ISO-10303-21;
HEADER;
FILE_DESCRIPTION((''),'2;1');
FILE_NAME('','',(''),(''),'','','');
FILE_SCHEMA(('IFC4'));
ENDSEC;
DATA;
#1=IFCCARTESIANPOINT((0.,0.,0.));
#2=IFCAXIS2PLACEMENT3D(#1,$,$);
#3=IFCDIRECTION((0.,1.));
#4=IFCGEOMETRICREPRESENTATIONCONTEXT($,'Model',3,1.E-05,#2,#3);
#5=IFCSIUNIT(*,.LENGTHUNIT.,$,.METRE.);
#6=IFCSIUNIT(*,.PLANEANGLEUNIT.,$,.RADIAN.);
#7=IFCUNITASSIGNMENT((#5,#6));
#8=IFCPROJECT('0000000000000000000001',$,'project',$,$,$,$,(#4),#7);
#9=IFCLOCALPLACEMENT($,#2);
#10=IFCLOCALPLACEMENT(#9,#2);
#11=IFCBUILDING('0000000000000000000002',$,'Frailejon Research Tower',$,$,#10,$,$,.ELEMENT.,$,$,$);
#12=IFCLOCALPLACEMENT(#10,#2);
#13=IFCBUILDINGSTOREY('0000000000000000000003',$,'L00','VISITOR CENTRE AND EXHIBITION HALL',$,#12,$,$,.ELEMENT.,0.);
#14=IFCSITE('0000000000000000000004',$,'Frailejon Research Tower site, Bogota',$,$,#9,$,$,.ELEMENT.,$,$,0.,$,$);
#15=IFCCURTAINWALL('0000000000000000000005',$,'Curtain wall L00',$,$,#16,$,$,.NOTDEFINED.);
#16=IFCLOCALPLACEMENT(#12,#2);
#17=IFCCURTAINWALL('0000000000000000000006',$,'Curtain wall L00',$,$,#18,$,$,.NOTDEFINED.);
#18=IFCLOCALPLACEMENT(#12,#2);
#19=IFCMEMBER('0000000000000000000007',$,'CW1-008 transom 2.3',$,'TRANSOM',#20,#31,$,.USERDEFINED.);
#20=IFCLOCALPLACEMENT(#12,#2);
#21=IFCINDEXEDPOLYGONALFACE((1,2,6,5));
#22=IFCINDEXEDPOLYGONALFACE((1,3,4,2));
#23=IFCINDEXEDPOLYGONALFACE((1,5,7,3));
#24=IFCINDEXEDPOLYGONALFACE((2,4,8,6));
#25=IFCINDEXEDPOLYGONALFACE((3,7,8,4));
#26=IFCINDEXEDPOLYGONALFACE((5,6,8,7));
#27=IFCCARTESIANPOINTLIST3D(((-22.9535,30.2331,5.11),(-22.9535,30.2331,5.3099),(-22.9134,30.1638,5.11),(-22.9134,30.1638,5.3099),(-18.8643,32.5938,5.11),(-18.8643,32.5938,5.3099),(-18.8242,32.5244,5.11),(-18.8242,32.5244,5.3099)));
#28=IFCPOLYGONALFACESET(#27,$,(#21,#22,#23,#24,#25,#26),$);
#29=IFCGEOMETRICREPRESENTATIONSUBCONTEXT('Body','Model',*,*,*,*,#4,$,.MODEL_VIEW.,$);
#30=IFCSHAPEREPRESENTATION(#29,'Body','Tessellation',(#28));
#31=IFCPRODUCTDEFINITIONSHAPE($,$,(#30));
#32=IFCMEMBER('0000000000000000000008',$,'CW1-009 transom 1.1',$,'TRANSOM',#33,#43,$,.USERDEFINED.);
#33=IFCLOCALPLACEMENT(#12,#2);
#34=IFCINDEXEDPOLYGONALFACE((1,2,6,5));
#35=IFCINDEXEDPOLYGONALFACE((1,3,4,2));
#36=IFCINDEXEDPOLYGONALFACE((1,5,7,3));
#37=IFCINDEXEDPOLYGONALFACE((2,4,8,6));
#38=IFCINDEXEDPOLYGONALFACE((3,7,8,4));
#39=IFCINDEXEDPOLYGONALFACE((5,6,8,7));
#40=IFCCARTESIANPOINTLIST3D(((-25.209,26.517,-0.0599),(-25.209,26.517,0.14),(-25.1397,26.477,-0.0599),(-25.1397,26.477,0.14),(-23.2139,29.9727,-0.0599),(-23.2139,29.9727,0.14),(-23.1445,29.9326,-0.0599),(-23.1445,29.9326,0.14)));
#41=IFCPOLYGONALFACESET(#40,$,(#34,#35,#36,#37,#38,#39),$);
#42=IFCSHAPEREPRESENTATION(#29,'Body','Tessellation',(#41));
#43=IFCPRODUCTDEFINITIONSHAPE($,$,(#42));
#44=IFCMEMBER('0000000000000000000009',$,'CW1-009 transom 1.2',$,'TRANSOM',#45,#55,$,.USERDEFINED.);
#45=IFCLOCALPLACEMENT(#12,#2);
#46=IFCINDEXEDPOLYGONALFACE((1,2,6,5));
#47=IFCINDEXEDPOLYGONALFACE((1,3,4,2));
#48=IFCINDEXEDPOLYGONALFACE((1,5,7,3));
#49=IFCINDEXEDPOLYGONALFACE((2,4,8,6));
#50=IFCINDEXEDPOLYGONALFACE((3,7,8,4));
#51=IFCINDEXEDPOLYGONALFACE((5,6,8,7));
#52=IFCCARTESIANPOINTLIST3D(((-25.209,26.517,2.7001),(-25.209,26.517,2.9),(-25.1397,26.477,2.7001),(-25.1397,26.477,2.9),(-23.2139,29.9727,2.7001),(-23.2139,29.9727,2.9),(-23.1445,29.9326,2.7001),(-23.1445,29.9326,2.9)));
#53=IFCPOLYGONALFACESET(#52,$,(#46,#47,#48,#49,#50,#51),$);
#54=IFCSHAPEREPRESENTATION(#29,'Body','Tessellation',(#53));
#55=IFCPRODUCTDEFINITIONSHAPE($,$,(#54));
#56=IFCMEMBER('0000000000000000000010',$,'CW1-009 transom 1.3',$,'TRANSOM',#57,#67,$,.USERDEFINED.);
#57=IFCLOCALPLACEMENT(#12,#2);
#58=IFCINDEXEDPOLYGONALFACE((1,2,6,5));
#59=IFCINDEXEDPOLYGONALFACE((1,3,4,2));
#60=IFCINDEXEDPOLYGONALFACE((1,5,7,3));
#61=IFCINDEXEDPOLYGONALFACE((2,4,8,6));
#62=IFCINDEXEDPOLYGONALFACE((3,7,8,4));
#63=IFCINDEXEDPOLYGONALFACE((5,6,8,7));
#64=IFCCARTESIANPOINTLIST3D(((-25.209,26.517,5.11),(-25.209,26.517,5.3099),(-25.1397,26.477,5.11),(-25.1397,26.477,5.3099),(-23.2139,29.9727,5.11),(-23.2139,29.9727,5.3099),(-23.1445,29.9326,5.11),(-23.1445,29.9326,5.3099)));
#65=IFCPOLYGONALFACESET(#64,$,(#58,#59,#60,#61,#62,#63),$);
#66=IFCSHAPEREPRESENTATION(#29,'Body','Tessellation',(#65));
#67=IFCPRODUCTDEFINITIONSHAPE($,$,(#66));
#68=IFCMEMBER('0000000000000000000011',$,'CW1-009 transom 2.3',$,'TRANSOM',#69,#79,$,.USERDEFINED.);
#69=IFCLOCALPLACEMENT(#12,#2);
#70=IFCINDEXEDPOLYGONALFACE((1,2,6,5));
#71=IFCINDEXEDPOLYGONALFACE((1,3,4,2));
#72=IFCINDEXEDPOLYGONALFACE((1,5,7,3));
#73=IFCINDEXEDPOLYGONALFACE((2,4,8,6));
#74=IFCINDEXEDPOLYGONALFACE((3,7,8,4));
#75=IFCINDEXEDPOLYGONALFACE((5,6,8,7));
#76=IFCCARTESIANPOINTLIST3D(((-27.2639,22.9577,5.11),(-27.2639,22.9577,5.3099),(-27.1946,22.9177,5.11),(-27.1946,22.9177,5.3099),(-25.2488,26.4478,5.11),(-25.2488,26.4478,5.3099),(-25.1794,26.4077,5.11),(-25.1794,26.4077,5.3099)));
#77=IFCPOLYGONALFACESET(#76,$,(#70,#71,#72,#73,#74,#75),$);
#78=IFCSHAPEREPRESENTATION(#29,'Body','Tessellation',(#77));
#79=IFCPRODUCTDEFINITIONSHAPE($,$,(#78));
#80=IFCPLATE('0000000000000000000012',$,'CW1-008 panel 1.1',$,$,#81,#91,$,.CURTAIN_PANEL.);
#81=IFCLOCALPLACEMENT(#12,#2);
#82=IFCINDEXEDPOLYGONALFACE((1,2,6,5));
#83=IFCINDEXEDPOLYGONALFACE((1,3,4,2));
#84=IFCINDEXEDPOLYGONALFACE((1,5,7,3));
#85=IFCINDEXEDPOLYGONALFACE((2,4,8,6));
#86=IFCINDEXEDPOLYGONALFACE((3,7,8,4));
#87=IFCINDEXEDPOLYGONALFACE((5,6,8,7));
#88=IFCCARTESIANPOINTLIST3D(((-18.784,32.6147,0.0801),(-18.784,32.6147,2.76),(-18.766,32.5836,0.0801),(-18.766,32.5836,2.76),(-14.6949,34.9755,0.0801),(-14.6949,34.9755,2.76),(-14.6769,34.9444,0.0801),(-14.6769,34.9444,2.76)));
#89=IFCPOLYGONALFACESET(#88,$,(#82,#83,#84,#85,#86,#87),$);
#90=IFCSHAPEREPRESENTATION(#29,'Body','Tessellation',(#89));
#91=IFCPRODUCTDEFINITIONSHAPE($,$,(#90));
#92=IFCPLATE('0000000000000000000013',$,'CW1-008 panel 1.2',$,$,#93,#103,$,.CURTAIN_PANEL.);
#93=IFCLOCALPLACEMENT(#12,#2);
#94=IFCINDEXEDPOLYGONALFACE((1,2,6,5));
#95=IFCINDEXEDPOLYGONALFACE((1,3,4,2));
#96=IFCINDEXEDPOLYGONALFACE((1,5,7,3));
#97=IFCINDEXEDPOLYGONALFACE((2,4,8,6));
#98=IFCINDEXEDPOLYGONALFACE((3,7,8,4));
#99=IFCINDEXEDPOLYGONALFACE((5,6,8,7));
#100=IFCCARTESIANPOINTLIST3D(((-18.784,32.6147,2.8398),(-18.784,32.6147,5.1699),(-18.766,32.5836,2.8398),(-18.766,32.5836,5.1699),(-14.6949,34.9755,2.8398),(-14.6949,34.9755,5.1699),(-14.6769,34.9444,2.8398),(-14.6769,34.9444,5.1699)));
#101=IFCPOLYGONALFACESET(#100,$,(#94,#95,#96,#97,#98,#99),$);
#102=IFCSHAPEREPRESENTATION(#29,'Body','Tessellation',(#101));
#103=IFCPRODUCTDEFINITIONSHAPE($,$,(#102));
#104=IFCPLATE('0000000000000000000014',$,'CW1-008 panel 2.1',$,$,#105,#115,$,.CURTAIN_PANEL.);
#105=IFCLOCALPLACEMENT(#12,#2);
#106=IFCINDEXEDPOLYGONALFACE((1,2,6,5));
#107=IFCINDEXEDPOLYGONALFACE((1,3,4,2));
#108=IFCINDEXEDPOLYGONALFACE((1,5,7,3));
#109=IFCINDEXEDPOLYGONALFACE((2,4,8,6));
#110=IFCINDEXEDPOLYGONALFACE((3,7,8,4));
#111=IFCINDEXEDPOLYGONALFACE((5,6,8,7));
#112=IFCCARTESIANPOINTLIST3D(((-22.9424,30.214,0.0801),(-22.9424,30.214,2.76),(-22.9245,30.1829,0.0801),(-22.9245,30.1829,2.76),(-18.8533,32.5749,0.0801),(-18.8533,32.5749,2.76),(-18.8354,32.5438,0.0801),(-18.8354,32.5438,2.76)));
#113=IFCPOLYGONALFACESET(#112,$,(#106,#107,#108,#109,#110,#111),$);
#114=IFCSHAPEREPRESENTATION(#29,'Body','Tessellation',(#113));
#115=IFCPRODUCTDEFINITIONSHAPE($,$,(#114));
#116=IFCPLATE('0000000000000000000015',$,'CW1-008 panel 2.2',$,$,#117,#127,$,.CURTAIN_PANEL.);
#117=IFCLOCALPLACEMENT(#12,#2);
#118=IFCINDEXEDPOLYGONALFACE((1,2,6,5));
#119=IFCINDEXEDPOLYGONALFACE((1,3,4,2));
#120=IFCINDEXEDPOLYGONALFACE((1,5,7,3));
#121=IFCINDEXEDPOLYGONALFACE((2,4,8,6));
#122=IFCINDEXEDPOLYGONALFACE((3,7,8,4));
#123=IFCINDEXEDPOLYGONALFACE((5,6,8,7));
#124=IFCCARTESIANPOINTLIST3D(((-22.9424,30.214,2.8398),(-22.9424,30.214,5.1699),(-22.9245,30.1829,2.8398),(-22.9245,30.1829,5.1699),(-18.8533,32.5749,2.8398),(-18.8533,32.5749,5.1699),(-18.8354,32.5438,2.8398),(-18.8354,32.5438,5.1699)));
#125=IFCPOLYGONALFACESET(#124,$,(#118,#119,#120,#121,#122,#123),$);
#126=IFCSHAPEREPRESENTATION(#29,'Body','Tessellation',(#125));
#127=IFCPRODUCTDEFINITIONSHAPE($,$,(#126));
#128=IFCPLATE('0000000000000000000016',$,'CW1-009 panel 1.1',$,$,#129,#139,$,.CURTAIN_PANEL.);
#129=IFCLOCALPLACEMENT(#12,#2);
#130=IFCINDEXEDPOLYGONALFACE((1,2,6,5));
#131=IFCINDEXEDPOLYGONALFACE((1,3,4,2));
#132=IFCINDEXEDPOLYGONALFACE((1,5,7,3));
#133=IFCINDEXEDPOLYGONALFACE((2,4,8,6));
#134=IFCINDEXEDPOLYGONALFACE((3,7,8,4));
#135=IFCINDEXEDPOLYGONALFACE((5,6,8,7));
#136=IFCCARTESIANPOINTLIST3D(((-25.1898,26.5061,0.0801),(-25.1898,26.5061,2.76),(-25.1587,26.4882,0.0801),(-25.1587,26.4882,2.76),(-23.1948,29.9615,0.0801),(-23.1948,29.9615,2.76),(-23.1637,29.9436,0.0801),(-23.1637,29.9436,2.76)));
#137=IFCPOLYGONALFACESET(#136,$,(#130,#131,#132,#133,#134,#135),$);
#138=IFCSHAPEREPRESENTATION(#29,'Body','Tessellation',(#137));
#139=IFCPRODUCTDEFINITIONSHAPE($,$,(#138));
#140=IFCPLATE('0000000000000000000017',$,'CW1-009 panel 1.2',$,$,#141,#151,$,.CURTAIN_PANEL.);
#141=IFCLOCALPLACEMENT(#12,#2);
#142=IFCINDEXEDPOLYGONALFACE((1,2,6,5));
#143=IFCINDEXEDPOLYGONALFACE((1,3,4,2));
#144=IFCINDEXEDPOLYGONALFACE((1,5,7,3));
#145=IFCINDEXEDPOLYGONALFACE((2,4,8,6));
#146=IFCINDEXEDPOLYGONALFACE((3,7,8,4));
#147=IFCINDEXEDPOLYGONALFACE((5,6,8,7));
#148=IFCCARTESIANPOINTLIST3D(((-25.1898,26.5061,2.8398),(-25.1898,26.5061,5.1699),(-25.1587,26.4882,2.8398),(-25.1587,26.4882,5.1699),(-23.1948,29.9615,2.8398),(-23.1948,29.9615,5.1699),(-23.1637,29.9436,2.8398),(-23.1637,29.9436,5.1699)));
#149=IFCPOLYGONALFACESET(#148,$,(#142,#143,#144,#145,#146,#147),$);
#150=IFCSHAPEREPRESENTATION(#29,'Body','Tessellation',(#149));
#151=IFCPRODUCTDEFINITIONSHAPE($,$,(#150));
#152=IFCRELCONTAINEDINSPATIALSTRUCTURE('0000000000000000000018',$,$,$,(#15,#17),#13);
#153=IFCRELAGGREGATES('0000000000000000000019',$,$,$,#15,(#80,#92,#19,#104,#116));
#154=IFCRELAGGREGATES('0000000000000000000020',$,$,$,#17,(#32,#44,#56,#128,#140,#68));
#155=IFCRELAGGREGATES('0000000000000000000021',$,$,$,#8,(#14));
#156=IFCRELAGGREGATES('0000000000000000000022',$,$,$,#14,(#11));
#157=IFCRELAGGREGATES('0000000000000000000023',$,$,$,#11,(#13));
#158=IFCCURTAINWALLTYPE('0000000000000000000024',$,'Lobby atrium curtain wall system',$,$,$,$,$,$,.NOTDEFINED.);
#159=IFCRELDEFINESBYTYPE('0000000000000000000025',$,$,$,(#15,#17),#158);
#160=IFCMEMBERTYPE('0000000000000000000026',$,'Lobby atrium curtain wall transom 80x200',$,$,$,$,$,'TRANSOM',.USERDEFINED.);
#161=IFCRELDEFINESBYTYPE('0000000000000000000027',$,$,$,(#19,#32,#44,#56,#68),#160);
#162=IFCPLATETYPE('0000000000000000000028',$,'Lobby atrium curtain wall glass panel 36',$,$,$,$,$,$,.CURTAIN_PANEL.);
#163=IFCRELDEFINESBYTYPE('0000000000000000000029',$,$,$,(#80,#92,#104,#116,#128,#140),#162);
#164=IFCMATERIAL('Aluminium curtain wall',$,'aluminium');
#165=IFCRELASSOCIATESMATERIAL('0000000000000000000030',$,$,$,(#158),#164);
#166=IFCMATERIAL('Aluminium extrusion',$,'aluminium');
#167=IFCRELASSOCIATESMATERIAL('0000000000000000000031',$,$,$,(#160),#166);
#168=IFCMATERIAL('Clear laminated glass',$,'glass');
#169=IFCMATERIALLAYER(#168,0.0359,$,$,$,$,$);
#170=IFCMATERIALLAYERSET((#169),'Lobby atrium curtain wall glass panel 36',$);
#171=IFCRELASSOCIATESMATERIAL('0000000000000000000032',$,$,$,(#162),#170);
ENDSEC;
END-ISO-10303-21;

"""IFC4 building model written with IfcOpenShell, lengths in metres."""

from ifc_helpers import new_model, si_unit, direction, frame, origin, origin_2d, place, context, subcontext, project, spatial, rectangle, extrude, material, layer, layer_set, material_profile, profile_set, type_object, element, aggregate, save


model = new_model("IFC4")

# Units and contexts
model_context = context("Model", 3, precision=1e-05, world=origin(), true_north=direction((0.0, 1.0)))
body_context = subcontext(model_context, "Body", "Model", "MODEL_VIEW")
ifc_project = project(units=[si_unit("LENGTHUNIT", "METRE"), si_unit("PLANEANGLEUNIT", "RADIAN")], contexts=[model_context])

# Site, building, storey
site_placement = place(None, origin())
site = spatial("IfcSite", under=ifc_project, at=site_placement, Name="Frailejon Research Tower site, Bogota", CompositionType="ELEMENT", RefElevation=0.0)
building_placement = place(site_placement, origin())
building = spatial("IfcBuilding", under=site, at=building_placement, Name="Frailejon Research Tower", CompositionType="ELEMENT")
storey_placement = place(building_placement, origin())
storey = spatial("IfcBuildingStorey", under=building, at=storey_placement, Name="L00", Description="VISITOR CENTRE AND EXHIBITION HALL", CompositionType="ELEMENT", Elevation=0.0)

# Curtain walls
ifc_material_1 = material(Name="Aluminium curtain wall", Category="aluminium")
curtain_wall_type = type_object("IfcCurtainWallType", Name="Lobby atrium curtain wall system", PredefinedType="NOTDEFINED", material=ifc_material_1)
curtain_wall_1_placement = place(storey_placement, origin())
curtain_wall_1 = element("IfcCurtainWall", 1, at=curtain_wall_1_placement, inside=storey, type_object=curtain_wall_type, Name="Curtain wall L00", PredefinedType="NOTDEFINED")
curtain_wall_2_placement = place(storey_placement, origin())
curtain_wall_2 = element("IfcCurtainWall", 2, at=curtain_wall_2_placement, inside=storey, type_object=curtain_wall_type, Name="Curtain wall L00", PredefinedType="NOTDEFINED")

# Members
ifc_material_2 = material(Name="Aluminium extrusion", Category="aluminium")
ifc_material_profile_1 = material_profile(ifc_material_2, rectangle(XDim=0.0801, YDim=0.2, at=origin_2d()), Name="Lobby atrium curtain wall transom 80x200")
ifc_profile_set_1 = profile_set([ifc_material_profile_1], Name="Aluminium extrusion")
member_type_1 = type_object("IfcMemberType", Name="Lobby atrium curtain wall transom 80x200", ElementType="TRANSOM", PredefinedType="USERDEFINED", material=ifc_profile_set_1)
member_1_placement = place(storey_placement, frame((-18.8442, 32.5591, 5.21), z_axis=(-0.866049, -0.49996, 0.0), x_axis=(0.49996, -0.866049, 0.0)))
member_1 = element("IfcMember", 3, at=member_1_placement, type_object=member_type_1, Name="CW1-008 transom 2.3", ObjectType="TRANSOM", PredefinedType="USERDEFINED", context=body_context, shape_type="SweptSolid", body=[
    extrude(rectangle(XDim=0.0801, YDim=0.2, at=origin_2d()), origin(), (0.0, 0.0, 1.0), 4.7217),
])
member_2_placement = place(storey_placement, frame((-23.1792, 29.9526, 0.04), z_axis=(-0.500008, -0.866021, 0.0), x_axis=(0.866021, -0.500008, 0.0)))
member_2 = element("IfcMember", 4, at=member_2_placement, type_object=member_type_1, Name="CW1-009 transom 1.1", ObjectType="TRANSOM", PredefinedType="USERDEFINED", context=body_context, shape_type="SweptSolid", body=[
    extrude(rectangle(XDim=0.0801, YDim=0.2, at=origin_2d()), origin(), (0.0, 0.0, 1.0), 3.9902),
])
member_3_placement = place(storey_placement, frame((-23.1792, 29.9526, 2.8), z_axis=(-0.500008, -0.866021, 0.0), x_axis=(0.866021, -0.500008, 0.0)))
member_3 = element("IfcMember", 5, at=member_3_placement, type_object=member_type_1, Name="CW1-009 transom 1.2", ObjectType="TRANSOM", PredefinedType="USERDEFINED", context=body_context, shape_type="SweptSolid", body=[
    extrude(rectangle(XDim=0.0801, YDim=0.2, at=origin_2d()), origin(), (0.0, 0.0, 1.0), 3.9902),
])
member_4_placement = place(storey_placement, frame((-23.1792, 29.9526, 5.21), z_axis=(-0.500008, -0.866021, 0.0), x_axis=(0.866021, -0.500008, 0.0)))
member_4 = element("IfcMember", 6, at=member_4_placement, type_object=member_type_1, Name="CW1-009 transom 1.3", ObjectType="TRANSOM", PredefinedType="USERDEFINED", context=body_context, shape_type="SweptSolid", body=[
    extrude(rectangle(XDim=0.0801, YDim=0.2, at=origin_2d()), origin(), (0.0, 0.0, 1.0), 3.9902),
])
member_5_placement = place(storey_placement, frame((-25.2141, 26.4277, 5.21), z_axis=(-0.500035, -0.866005, 0.0), x_axis=(0.866005, -0.500035, 0.0)))
member_5 = element("IfcMember", 7, at=member_5_placement, type_object=member_type_1, Name="CW1-009 transom 2.3", ObjectType="TRANSOM", PredefinedType="USERDEFINED", context=body_context, shape_type="SweptSolid", body=[
    extrude(rectangle(XDim=0.0801, YDim=0.2, at=origin_2d()), origin(), (0.0, 0.0, 1.0), 4.03),
])

# Plates
ifc_material_3 = material(Name="Clear laminated glass", Category="glass")
ifc_layer = layer(ifc_material_3, 0.0359)
ifc_layer_set = layer_set([ifc_layer], Name="Lobby atrium curtain wall glass panel 36")
plate_type = type_object("IfcPlateType", Name="Lobby atrium curtain wall glass panel 36", PredefinedType="CURTAIN_PANEL", material=ifc_layer_set)
plate_1_placement = place(storey_placement, frame((-16.7305, 33.7795, 0.0801), z_axis=(0.0, 0.0, 1.0), x_axis=(-0.866025, -0.5, 0.0)))
plate_1 = element("IfcPlate", 8, at=plate_1_placement, type_object=plate_type, Name="CW1-008 panel 1.1", PredefinedType="CURTAIN_PANEL", context=body_context, shape_type="SweptSolid", body=[
    extrude(rectangle(XDim=4.7217, YDim=0.0359, at=origin_2d()), origin(), (0.0, 0.0, 1.0), 2.6799),
])
plate_2_placement = place(storey_placement, frame((-16.7305, 33.7795, 2.8398), z_axis=(0.0, 0.0, 1.0), x_axis=(-0.866025, -0.5, 0.0)))
plate_2 = element("IfcPlate", 9, at=plate_2_placement, type_object=plate_type, Name="CW1-008 panel 1.2", PredefinedType="CURTAIN_PANEL", context=body_context, shape_type="SweptSolid", body=[
    extrude(rectangle(XDim=4.7217, YDim=0.0359, at=origin_2d()), origin(), (0.0, 0.0, 1.0), 2.3301),
])
plate_3_placement = place(storey_placement, frame((-20.8889, 31.3789, 0.0801), z_axis=(0.0, 0.0, 1.0), x_axis=(-0.866025, -0.5, 0.0)))
plate_3 = element("IfcPlate", 10, at=plate_3_placement, type_object=plate_type, Name="CW1-008 panel 2.1", PredefinedType="CURTAIN_PANEL", context=body_context, shape_type="SweptSolid", body=[
    extrude(rectangle(XDim=4.7217, YDim=0.0359, at=origin_2d()), origin(), (0.0, 0.0, 1.0), 2.6799),
])
plate_4_placement = place(storey_placement, frame((-20.8889, 31.3789, 2.8398), z_axis=(0.0, 0.0, 1.0), x_axis=(-0.866025, -0.5, 0.0)))
plate_4 = element("IfcPlate", 11, at=plate_4_placement, type_object=plate_type, Name="CW1-008 panel 2.2", PredefinedType="CURTAIN_PANEL", context=body_context, shape_type="SweptSolid", body=[
    extrude(rectangle(XDim=4.7217, YDim=0.0359, at=origin_2d()), origin(), (0.0, 0.0, 1.0), 2.3301),
])
aggregate(curtain_wall_1, [plate_1, plate_2, member_1, plate_3, plate_4])
plate_5_placement = place(storey_placement, frame((-24.1768, 28.2249, 0.0801), z_axis=(0.0, 0.0, 1.0), x_axis=(-0.5, -0.866026, 0.0)))
plate_5 = element("IfcPlate", 12, at=plate_5_placement, type_object=plate_type, Name="CW1-009 panel 1.1", PredefinedType="CURTAIN_PANEL", context=body_context, shape_type="SweptSolid", body=[
    extrude(rectangle(XDim=3.99, YDim=0.0359, at=origin_2d()), origin(), (0.0, 0.0, 1.0), 2.6799),
])
plate_6_placement = place(storey_placement, frame((-24.1768, 28.2249, 2.8398), z_axis=(0.0, 0.0, 1.0), x_axis=(-0.5, -0.866026, 0.0)))
plate_6 = element("IfcPlate", 13, at=plate_6_placement, type_object=plate_type, Name="CW1-009 panel 1.2", PredefinedType="CURTAIN_PANEL", context=body_context, shape_type="SweptSolid", body=[
    extrude(rectangle(XDim=3.99, YDim=0.0359, at=origin_2d()), origin(), (0.0, 0.0, 1.0), 2.3301),
])
aggregate(curtain_wall_2, [member_2, member_3, member_4, plate_5, plate_6, member_5])

save(model, "model.ifc")
